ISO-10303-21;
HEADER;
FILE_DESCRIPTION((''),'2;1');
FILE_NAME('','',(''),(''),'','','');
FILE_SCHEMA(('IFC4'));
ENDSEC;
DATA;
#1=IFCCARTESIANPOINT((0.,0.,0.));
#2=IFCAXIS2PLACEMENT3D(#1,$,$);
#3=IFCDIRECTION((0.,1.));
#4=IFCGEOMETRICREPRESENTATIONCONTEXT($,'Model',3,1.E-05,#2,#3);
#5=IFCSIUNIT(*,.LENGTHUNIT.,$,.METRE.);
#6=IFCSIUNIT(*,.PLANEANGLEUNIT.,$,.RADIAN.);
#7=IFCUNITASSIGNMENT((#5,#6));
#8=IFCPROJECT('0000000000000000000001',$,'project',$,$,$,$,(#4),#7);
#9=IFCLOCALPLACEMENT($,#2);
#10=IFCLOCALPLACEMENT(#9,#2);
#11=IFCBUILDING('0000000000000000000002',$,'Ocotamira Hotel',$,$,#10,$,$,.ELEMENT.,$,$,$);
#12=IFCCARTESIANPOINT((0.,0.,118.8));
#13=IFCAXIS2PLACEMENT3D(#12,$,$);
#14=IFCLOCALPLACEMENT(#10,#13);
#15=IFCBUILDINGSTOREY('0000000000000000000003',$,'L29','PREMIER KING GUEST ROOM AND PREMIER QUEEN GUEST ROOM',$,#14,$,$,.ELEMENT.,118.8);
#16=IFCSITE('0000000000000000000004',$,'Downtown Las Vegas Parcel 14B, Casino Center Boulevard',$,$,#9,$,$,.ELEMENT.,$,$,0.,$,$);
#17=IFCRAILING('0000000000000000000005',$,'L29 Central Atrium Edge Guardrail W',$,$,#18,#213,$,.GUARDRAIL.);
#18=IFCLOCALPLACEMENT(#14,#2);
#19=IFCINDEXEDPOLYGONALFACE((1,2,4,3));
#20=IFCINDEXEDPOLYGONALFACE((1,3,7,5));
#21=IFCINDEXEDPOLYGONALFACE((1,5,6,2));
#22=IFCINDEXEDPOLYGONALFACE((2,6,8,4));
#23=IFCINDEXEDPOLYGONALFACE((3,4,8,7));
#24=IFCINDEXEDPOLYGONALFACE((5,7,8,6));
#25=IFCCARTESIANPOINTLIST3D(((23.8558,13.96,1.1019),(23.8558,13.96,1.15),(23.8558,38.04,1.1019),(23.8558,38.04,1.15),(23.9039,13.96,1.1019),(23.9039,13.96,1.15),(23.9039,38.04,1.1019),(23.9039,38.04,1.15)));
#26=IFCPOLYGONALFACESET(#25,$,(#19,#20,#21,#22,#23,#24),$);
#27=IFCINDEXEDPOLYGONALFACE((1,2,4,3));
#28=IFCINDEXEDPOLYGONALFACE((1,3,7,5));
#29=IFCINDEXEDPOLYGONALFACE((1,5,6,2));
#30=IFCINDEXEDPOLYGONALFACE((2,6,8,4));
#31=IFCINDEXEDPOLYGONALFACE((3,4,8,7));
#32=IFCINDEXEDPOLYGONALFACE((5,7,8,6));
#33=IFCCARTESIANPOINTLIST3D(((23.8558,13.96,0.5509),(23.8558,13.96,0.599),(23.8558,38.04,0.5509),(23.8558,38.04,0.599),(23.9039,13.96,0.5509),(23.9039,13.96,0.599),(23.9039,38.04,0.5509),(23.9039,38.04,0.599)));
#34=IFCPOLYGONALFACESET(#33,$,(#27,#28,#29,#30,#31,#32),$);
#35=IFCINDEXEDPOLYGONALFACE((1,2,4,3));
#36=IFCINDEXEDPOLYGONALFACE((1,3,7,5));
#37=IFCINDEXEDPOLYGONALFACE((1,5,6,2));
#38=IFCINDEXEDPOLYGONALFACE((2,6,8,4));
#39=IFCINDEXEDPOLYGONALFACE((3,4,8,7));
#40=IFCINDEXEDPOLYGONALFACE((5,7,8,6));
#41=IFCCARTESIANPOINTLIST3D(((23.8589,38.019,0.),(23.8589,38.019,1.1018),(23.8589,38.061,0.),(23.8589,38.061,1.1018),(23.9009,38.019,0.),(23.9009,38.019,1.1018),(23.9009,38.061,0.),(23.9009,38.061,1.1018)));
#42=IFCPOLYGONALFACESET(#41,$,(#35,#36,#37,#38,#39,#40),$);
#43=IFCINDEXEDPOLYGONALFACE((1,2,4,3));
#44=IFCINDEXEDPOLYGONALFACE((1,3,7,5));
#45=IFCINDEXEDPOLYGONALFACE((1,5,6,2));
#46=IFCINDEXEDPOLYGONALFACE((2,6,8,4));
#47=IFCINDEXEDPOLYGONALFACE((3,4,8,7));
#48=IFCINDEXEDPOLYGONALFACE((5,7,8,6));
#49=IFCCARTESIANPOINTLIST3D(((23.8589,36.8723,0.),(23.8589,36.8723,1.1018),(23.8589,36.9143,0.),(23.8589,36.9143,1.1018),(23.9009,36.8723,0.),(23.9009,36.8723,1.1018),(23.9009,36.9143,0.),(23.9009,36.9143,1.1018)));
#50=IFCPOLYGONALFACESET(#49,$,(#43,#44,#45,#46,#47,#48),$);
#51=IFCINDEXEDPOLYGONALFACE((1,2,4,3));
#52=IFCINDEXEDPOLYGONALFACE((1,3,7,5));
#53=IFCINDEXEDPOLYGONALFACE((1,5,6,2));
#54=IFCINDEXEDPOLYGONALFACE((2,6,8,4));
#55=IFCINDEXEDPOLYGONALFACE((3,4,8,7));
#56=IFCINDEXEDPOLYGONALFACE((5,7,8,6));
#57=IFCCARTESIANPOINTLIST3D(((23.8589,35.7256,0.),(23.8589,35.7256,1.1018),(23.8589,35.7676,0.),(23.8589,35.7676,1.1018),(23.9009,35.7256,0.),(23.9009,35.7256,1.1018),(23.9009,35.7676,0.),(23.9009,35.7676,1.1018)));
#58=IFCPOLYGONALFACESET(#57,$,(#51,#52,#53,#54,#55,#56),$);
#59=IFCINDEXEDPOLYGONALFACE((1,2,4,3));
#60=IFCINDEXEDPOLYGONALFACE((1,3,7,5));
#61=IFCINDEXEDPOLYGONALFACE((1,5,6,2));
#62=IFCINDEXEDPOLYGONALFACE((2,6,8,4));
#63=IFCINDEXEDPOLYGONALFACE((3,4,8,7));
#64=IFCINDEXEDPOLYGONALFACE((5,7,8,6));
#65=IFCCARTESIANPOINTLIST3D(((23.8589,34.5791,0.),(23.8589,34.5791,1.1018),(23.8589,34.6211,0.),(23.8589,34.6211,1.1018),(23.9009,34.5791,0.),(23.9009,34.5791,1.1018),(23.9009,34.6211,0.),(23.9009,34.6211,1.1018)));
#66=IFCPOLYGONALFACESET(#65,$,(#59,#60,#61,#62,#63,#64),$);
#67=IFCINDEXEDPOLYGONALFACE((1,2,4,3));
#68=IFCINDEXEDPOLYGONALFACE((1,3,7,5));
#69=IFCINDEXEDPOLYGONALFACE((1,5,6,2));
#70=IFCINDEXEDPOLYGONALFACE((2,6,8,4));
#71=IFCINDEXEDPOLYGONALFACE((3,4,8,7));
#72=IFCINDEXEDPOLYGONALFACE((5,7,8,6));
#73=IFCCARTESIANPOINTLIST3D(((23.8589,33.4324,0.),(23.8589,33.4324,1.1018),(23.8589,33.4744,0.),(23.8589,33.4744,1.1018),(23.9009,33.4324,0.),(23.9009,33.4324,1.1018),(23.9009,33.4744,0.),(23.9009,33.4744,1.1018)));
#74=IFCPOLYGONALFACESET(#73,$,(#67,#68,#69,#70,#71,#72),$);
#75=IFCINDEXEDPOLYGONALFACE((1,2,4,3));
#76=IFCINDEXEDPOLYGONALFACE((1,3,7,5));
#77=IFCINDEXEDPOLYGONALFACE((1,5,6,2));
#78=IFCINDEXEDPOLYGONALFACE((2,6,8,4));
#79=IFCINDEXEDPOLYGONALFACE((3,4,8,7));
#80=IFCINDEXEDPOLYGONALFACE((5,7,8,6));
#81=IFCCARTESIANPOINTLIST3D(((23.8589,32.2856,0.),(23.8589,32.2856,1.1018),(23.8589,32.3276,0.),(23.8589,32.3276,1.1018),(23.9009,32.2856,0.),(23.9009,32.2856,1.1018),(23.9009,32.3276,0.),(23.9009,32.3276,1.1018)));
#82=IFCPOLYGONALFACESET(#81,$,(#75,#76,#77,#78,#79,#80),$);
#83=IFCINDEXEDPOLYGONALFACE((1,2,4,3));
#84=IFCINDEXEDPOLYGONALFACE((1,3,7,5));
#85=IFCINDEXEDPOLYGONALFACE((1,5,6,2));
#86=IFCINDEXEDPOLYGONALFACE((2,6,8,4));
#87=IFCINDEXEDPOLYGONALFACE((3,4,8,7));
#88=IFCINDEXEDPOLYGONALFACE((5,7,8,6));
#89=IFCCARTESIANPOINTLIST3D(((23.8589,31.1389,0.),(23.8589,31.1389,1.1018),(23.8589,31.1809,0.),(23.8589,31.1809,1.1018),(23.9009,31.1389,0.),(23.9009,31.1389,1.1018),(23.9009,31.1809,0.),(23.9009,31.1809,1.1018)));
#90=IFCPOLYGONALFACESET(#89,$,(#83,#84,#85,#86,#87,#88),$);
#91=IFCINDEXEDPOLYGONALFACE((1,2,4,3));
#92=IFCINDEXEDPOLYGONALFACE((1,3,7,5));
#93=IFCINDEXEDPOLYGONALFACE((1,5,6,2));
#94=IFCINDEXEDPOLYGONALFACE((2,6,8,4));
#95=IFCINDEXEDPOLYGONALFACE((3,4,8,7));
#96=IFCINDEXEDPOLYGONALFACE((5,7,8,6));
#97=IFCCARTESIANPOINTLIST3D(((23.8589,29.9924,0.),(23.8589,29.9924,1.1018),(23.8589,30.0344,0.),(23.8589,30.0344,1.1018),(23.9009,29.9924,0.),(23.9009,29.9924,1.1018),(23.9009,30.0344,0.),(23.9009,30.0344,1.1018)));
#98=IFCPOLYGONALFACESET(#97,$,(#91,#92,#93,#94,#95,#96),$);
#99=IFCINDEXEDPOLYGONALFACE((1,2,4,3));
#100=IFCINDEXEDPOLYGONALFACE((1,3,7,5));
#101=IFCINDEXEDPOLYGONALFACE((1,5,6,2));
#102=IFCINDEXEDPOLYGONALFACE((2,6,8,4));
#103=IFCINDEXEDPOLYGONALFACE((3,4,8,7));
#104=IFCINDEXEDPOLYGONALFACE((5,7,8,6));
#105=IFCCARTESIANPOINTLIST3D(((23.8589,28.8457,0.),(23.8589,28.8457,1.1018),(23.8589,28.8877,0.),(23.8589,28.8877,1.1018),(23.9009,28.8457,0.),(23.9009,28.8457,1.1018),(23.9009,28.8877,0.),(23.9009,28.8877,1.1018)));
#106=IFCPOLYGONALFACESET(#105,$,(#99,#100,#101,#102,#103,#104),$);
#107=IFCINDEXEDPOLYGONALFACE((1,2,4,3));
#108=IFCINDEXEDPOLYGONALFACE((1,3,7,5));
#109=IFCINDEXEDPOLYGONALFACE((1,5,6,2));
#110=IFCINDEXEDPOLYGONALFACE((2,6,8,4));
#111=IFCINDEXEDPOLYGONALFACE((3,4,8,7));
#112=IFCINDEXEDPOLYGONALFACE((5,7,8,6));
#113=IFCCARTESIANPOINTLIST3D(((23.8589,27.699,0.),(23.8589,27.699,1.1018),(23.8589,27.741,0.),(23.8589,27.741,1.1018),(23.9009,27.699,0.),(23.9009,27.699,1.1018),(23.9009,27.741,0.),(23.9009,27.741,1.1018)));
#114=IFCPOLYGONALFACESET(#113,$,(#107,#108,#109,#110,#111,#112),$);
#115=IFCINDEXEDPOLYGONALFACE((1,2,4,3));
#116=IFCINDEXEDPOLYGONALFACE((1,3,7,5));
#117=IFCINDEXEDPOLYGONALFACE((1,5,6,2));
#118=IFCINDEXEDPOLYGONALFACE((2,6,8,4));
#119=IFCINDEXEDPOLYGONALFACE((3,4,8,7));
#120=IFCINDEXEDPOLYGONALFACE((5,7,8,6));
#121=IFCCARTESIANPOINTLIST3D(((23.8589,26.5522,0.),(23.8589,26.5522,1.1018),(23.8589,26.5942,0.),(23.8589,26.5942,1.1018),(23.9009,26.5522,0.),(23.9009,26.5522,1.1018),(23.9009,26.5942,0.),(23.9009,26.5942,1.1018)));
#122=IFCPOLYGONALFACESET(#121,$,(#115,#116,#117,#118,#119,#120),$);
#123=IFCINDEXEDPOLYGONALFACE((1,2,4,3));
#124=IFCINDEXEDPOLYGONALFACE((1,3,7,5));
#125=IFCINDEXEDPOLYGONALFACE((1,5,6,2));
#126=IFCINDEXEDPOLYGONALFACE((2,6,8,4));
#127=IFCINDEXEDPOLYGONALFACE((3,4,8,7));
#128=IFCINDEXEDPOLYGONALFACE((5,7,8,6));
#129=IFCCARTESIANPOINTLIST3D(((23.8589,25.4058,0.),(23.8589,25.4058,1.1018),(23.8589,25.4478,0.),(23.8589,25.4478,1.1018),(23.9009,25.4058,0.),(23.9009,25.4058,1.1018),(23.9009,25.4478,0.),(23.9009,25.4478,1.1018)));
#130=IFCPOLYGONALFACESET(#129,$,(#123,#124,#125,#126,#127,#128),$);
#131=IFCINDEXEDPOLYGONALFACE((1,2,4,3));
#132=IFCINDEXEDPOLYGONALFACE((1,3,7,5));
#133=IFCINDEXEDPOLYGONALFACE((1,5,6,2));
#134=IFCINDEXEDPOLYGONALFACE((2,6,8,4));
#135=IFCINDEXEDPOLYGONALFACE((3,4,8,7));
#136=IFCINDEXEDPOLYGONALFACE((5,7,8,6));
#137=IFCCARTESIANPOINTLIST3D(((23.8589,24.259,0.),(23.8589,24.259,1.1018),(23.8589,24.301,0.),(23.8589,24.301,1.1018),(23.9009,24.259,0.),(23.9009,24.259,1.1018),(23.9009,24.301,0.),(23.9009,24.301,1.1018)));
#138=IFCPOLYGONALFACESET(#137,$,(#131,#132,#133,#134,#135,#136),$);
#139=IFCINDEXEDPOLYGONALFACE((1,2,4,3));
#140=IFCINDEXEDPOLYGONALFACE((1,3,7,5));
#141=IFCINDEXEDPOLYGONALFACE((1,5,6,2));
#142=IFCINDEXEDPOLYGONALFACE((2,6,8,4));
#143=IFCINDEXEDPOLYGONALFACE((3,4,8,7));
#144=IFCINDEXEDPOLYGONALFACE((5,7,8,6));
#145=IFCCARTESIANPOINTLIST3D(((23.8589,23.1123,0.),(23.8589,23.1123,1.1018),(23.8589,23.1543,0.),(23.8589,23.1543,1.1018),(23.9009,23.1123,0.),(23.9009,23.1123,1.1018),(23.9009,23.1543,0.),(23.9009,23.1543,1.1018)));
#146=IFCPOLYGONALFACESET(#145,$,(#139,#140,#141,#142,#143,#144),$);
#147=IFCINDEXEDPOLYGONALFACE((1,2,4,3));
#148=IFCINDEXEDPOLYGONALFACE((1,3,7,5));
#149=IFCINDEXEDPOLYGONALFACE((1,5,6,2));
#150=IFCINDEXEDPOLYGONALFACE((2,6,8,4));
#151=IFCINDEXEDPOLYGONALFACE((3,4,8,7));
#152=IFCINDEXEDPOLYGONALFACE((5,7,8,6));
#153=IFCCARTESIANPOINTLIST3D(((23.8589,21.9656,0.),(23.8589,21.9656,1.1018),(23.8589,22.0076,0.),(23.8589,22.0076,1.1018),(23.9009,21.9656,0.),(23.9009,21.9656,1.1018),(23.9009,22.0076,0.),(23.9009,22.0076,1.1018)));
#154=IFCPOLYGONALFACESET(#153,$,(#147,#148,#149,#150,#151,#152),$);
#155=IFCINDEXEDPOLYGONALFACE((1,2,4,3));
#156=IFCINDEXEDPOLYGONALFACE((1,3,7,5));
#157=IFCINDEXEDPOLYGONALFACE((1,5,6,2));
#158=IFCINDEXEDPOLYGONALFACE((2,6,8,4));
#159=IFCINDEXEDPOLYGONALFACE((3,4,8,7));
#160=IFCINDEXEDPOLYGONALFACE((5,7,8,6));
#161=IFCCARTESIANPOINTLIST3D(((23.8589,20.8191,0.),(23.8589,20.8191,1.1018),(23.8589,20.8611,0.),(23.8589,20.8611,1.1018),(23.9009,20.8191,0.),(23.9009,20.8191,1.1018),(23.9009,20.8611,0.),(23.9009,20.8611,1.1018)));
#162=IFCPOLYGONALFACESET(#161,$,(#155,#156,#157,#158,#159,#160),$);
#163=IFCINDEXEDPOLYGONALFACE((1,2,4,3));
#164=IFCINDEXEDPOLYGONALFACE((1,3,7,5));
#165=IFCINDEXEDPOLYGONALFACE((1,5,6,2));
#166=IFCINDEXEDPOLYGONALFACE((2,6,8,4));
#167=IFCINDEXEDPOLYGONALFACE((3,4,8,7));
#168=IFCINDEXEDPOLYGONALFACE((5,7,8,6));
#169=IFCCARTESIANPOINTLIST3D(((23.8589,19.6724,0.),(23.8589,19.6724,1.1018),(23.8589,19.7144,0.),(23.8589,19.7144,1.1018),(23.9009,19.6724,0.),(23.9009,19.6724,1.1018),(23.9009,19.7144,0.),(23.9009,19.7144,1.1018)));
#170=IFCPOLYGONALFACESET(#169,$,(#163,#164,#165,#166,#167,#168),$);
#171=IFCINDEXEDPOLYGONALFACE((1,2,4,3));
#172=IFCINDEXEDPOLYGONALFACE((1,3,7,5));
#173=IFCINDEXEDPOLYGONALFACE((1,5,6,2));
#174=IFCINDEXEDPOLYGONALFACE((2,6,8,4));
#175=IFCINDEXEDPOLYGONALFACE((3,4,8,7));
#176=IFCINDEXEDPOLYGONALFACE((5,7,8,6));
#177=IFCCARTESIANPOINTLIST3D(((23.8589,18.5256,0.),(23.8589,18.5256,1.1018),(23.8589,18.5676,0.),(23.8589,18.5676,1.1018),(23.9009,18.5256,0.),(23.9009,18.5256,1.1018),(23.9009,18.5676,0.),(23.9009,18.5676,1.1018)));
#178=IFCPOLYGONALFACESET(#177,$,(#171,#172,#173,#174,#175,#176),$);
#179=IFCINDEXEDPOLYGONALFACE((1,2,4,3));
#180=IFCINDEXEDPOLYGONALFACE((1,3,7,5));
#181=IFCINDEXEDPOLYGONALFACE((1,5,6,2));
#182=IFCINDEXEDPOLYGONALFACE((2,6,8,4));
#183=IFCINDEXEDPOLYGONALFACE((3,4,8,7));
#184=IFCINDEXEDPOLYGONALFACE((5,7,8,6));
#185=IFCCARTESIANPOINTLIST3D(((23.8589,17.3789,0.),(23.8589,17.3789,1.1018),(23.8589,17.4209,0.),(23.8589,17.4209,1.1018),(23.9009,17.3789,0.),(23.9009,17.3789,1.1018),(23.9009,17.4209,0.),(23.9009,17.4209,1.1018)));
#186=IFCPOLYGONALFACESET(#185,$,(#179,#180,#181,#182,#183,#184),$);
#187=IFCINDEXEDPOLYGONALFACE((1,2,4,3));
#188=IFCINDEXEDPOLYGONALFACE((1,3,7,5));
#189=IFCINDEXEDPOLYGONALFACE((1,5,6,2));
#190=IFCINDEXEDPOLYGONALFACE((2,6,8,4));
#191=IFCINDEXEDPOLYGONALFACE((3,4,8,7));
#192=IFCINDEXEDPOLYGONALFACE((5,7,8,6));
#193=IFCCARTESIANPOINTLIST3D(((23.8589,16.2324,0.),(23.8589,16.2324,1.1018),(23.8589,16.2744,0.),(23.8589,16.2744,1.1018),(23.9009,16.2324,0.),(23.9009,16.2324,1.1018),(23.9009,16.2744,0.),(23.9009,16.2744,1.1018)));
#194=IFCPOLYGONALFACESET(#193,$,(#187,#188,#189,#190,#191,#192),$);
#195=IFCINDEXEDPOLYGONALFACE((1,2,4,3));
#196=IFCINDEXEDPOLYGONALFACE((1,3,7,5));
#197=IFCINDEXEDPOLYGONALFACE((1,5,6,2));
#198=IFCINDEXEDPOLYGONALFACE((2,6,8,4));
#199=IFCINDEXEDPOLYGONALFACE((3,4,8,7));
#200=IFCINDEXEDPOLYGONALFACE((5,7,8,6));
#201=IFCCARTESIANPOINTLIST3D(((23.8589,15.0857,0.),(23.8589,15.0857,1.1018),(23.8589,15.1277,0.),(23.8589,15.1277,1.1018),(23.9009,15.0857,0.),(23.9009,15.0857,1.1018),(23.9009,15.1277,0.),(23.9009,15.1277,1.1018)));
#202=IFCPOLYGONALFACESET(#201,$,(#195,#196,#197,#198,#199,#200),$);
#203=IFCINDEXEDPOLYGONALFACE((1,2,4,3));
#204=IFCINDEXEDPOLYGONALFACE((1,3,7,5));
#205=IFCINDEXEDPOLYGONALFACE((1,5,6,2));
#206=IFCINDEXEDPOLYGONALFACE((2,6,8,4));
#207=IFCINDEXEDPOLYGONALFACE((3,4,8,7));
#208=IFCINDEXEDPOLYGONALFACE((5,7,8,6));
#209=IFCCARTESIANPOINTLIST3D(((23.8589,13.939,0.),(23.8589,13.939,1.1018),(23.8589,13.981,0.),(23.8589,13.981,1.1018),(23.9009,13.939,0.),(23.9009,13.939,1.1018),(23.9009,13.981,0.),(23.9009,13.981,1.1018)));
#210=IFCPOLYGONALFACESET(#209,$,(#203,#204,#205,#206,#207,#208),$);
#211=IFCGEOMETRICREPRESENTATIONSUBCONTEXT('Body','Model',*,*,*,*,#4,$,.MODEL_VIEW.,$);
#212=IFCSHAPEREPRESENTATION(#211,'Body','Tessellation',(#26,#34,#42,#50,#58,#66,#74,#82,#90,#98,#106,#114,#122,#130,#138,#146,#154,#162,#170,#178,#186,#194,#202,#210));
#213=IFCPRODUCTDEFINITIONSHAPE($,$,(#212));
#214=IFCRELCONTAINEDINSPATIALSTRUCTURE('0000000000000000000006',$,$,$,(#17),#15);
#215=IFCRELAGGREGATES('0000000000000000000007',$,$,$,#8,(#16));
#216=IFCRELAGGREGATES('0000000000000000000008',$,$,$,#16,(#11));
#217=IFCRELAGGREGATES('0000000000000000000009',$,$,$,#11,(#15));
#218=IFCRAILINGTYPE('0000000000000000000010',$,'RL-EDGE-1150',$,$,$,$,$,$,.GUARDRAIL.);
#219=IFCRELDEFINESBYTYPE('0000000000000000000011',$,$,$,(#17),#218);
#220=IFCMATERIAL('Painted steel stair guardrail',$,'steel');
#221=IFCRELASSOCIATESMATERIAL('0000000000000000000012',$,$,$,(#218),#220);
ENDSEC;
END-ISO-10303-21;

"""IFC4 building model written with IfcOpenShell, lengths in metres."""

from ifc_helpers import new_model, si_unit, direction, frame, origin, origin_2d, place, context, subcontext, project, spatial, rectangle, extrude, material, type_object, element, save


model = new_model("IFC4")

# Units and contexts
model_context = context("Model", 3, precision=1e-05, world=origin(), true_north=direction((0.0, 1.0)))
body_context = subcontext(model_context, "Body", "Model", "MODEL_VIEW")
ifc_project = project(units=[si_unit("LENGTHUNIT", "METRE"), si_unit("PLANEANGLEUNIT", "RADIAN")], contexts=[model_context])

# Site, building, storey
site_placement = place(None, origin())
site = spatial("IfcSite", under=ifc_project, at=site_placement, Name="Downtown Las Vegas Parcel 14B, Casino Center Boulevard", CompositionType="ELEMENT", RefElevation=0.0)
building_placement = place(site_placement, origin())
building = spatial("IfcBuilding", under=site, at=building_placement, Name="Ocotamira Hotel", CompositionType="ELEMENT")
storey_placement = place(building_placement, frame((0.0, 0.0, 118.8)))
storey = spatial("IfcBuildingStorey", under=building, at=storey_placement, Name="L29", Description="PREMIER KING GUEST ROOM AND PREMIER QUEEN GUEST ROOM", CompositionType="ELEMENT", Elevation=118.8)

# Railing
ifc_material_1 = material(Name="Painted steel stair guardrail", Category="steel")
railing_type = type_object("IfcRailingType", Name="RL-EDGE-1150", PredefinedType="GUARDRAIL", material=ifc_material_1)
railing_placement = place(storey_placement, frame((23.8799, 38.04, 0.0)))
element("IfcRailing", 1, at=railing_placement, inside=storey, type_object=railing_type, Name="L29 Central Atrium Edge Guardrail W", PredefinedType="GUARDRAIL", context=body_context, shape_type="SweptSolid", body=[
    extrude(rectangle(XDim=0.0481, YDim=0.0481, at=origin_2d()), frame((0.0, 0.0, 1.126), z_axis=(0.0, -1.0, 0.0), x_axis=(1.0, 0.0, 0.0)), (0.0, 0.0, 1.0), 24.0801),
    extrude(rectangle(XDim=0.0481, YDim=0.0481, at=origin_2d()), frame((0.0, 0.0, 0.575), z_axis=(0.0, -1.0, 0.0), x_axis=(1.0, 0.0, 0.0)), (0.0, 0.0, 1.0), 24.0801),
    extrude(rectangle(XDim=0.042, YDim=0.042, at=origin_2d()), origin(), (0.0, 0.0, 1.0), 1.1018),
    extrude(rectangle(XDim=0.042, YDim=0.042, at=origin_2d()), frame((0.0, -1.1467, 0.0)), (0.0, 0.0, 1.0), 1.1018),
    extrude(rectangle(XDim=0.042, YDim=0.042, at=origin_2d()), frame((0.0, -2.2935, 0.0)), (0.0, 0.0, 1.0), 1.1018),
    extrude(rectangle(XDim=0.042, YDim=0.042, at=origin_2d()), frame((0.0, -3.4399, 0.0)), (0.0, 0.0, 1.0), 1.1018),
    extrude(rectangle(XDim=0.042, YDim=0.042, at=origin_2d()), frame((0.0, -4.5867, 0.0)), (0.0, 0.0, 1.0), 1.1018),
    extrude(rectangle(XDim=0.042, YDim=0.042, at=origin_2d()), frame((0.0, -5.7334, 0.0)), (0.0, 0.0, 1.0), 1.1018),
    extrude(rectangle(XDim=0.042, YDim=0.042, at=origin_2d()), frame((0.0, -6.8801, 0.0)), (0.0, 0.0, 1.0), 1.1018),
    extrude(rectangle(XDim=0.042, YDim=0.042, at=origin_2d()), frame((0.0, -8.0266, 0.0)), (0.0, 0.0, 1.0), 1.1018),
    extrude(rectangle(XDim=0.042, YDim=0.042, at=origin_2d()), frame((0.0, -9.1733, 0.0)), (0.0, 0.0, 1.0), 1.1018),
    extrude(rectangle(XDim=0.042, YDim=0.042, at=origin_2d()), frame((0.0, -10.3201, 0.0)), (0.0, 0.0, 1.0), 1.1018),
    extrude(rectangle(XDim=0.042, YDim=0.042, at=origin_2d()), frame((0.0, -11.4668, 0.0)), (0.0, 0.0, 1.0), 1.1018),
    extrude(rectangle(XDim=0.042, YDim=0.042, at=origin_2d()), frame((0.0, -12.6133, 0.0)), (0.0, 0.0, 1.0), 1.1018),
    extrude(rectangle(XDim=0.042, YDim=0.042, at=origin_2d()), frame((0.0, -13.76, 0.0)), (0.0, 0.0, 1.0), 1.1018),
    extrude(rectangle(XDim=0.042, YDim=0.042, at=origin_2d()), frame((0.0, -14.9067, 0.0)), (0.0, 0.0, 1.0), 1.1018),
    extrude(rectangle(XDim=0.042, YDim=0.042, at=origin_2d()), frame((0.0, -16.0535, 0.0)), (0.0, 0.0, 1.0), 1.1018),
    extrude(rectangle(XDim=0.042, YDim=0.042, at=origin_2d()), frame((0.0, -17.2, 0.0)), (0.0, 0.0, 1.0), 1.1018),
    extrude(rectangle(XDim=0.042, YDim=0.042, at=origin_2d()), frame((0.0, -18.3467, 0.0)), (0.0, 0.0, 1.0), 1.1018),
    extrude(rectangle(XDim=0.042, YDim=0.042, at=origin_2d()), frame((0.0, -19.4934, 0.0)), (0.0, 0.0, 1.0), 1.1018),
    extrude(rectangle(XDim=0.042, YDim=0.042, at=origin_2d()), frame((0.0, -20.6401, 0.0)), (0.0, 0.0, 1.0), 1.1018),
    extrude(rectangle(XDim=0.042, YDim=0.042, at=origin_2d()), frame((0.0, -21.7866, 0.0)), (0.0, 0.0, 1.0), 1.1018),
    extrude(rectangle(XDim=0.042, YDim=0.042, at=origin_2d()), frame((0.0, -22.9333, 0.0)), (0.0, 0.0, 1.0), 1.1018),
    extrude(rectangle(XDim=0.042, YDim=0.042, at=origin_2d()), frame((0.0, -24.0801, 0.0)), (0.0, 0.0, 1.0), 1.1018),
])

save(model, "model.ifc")
